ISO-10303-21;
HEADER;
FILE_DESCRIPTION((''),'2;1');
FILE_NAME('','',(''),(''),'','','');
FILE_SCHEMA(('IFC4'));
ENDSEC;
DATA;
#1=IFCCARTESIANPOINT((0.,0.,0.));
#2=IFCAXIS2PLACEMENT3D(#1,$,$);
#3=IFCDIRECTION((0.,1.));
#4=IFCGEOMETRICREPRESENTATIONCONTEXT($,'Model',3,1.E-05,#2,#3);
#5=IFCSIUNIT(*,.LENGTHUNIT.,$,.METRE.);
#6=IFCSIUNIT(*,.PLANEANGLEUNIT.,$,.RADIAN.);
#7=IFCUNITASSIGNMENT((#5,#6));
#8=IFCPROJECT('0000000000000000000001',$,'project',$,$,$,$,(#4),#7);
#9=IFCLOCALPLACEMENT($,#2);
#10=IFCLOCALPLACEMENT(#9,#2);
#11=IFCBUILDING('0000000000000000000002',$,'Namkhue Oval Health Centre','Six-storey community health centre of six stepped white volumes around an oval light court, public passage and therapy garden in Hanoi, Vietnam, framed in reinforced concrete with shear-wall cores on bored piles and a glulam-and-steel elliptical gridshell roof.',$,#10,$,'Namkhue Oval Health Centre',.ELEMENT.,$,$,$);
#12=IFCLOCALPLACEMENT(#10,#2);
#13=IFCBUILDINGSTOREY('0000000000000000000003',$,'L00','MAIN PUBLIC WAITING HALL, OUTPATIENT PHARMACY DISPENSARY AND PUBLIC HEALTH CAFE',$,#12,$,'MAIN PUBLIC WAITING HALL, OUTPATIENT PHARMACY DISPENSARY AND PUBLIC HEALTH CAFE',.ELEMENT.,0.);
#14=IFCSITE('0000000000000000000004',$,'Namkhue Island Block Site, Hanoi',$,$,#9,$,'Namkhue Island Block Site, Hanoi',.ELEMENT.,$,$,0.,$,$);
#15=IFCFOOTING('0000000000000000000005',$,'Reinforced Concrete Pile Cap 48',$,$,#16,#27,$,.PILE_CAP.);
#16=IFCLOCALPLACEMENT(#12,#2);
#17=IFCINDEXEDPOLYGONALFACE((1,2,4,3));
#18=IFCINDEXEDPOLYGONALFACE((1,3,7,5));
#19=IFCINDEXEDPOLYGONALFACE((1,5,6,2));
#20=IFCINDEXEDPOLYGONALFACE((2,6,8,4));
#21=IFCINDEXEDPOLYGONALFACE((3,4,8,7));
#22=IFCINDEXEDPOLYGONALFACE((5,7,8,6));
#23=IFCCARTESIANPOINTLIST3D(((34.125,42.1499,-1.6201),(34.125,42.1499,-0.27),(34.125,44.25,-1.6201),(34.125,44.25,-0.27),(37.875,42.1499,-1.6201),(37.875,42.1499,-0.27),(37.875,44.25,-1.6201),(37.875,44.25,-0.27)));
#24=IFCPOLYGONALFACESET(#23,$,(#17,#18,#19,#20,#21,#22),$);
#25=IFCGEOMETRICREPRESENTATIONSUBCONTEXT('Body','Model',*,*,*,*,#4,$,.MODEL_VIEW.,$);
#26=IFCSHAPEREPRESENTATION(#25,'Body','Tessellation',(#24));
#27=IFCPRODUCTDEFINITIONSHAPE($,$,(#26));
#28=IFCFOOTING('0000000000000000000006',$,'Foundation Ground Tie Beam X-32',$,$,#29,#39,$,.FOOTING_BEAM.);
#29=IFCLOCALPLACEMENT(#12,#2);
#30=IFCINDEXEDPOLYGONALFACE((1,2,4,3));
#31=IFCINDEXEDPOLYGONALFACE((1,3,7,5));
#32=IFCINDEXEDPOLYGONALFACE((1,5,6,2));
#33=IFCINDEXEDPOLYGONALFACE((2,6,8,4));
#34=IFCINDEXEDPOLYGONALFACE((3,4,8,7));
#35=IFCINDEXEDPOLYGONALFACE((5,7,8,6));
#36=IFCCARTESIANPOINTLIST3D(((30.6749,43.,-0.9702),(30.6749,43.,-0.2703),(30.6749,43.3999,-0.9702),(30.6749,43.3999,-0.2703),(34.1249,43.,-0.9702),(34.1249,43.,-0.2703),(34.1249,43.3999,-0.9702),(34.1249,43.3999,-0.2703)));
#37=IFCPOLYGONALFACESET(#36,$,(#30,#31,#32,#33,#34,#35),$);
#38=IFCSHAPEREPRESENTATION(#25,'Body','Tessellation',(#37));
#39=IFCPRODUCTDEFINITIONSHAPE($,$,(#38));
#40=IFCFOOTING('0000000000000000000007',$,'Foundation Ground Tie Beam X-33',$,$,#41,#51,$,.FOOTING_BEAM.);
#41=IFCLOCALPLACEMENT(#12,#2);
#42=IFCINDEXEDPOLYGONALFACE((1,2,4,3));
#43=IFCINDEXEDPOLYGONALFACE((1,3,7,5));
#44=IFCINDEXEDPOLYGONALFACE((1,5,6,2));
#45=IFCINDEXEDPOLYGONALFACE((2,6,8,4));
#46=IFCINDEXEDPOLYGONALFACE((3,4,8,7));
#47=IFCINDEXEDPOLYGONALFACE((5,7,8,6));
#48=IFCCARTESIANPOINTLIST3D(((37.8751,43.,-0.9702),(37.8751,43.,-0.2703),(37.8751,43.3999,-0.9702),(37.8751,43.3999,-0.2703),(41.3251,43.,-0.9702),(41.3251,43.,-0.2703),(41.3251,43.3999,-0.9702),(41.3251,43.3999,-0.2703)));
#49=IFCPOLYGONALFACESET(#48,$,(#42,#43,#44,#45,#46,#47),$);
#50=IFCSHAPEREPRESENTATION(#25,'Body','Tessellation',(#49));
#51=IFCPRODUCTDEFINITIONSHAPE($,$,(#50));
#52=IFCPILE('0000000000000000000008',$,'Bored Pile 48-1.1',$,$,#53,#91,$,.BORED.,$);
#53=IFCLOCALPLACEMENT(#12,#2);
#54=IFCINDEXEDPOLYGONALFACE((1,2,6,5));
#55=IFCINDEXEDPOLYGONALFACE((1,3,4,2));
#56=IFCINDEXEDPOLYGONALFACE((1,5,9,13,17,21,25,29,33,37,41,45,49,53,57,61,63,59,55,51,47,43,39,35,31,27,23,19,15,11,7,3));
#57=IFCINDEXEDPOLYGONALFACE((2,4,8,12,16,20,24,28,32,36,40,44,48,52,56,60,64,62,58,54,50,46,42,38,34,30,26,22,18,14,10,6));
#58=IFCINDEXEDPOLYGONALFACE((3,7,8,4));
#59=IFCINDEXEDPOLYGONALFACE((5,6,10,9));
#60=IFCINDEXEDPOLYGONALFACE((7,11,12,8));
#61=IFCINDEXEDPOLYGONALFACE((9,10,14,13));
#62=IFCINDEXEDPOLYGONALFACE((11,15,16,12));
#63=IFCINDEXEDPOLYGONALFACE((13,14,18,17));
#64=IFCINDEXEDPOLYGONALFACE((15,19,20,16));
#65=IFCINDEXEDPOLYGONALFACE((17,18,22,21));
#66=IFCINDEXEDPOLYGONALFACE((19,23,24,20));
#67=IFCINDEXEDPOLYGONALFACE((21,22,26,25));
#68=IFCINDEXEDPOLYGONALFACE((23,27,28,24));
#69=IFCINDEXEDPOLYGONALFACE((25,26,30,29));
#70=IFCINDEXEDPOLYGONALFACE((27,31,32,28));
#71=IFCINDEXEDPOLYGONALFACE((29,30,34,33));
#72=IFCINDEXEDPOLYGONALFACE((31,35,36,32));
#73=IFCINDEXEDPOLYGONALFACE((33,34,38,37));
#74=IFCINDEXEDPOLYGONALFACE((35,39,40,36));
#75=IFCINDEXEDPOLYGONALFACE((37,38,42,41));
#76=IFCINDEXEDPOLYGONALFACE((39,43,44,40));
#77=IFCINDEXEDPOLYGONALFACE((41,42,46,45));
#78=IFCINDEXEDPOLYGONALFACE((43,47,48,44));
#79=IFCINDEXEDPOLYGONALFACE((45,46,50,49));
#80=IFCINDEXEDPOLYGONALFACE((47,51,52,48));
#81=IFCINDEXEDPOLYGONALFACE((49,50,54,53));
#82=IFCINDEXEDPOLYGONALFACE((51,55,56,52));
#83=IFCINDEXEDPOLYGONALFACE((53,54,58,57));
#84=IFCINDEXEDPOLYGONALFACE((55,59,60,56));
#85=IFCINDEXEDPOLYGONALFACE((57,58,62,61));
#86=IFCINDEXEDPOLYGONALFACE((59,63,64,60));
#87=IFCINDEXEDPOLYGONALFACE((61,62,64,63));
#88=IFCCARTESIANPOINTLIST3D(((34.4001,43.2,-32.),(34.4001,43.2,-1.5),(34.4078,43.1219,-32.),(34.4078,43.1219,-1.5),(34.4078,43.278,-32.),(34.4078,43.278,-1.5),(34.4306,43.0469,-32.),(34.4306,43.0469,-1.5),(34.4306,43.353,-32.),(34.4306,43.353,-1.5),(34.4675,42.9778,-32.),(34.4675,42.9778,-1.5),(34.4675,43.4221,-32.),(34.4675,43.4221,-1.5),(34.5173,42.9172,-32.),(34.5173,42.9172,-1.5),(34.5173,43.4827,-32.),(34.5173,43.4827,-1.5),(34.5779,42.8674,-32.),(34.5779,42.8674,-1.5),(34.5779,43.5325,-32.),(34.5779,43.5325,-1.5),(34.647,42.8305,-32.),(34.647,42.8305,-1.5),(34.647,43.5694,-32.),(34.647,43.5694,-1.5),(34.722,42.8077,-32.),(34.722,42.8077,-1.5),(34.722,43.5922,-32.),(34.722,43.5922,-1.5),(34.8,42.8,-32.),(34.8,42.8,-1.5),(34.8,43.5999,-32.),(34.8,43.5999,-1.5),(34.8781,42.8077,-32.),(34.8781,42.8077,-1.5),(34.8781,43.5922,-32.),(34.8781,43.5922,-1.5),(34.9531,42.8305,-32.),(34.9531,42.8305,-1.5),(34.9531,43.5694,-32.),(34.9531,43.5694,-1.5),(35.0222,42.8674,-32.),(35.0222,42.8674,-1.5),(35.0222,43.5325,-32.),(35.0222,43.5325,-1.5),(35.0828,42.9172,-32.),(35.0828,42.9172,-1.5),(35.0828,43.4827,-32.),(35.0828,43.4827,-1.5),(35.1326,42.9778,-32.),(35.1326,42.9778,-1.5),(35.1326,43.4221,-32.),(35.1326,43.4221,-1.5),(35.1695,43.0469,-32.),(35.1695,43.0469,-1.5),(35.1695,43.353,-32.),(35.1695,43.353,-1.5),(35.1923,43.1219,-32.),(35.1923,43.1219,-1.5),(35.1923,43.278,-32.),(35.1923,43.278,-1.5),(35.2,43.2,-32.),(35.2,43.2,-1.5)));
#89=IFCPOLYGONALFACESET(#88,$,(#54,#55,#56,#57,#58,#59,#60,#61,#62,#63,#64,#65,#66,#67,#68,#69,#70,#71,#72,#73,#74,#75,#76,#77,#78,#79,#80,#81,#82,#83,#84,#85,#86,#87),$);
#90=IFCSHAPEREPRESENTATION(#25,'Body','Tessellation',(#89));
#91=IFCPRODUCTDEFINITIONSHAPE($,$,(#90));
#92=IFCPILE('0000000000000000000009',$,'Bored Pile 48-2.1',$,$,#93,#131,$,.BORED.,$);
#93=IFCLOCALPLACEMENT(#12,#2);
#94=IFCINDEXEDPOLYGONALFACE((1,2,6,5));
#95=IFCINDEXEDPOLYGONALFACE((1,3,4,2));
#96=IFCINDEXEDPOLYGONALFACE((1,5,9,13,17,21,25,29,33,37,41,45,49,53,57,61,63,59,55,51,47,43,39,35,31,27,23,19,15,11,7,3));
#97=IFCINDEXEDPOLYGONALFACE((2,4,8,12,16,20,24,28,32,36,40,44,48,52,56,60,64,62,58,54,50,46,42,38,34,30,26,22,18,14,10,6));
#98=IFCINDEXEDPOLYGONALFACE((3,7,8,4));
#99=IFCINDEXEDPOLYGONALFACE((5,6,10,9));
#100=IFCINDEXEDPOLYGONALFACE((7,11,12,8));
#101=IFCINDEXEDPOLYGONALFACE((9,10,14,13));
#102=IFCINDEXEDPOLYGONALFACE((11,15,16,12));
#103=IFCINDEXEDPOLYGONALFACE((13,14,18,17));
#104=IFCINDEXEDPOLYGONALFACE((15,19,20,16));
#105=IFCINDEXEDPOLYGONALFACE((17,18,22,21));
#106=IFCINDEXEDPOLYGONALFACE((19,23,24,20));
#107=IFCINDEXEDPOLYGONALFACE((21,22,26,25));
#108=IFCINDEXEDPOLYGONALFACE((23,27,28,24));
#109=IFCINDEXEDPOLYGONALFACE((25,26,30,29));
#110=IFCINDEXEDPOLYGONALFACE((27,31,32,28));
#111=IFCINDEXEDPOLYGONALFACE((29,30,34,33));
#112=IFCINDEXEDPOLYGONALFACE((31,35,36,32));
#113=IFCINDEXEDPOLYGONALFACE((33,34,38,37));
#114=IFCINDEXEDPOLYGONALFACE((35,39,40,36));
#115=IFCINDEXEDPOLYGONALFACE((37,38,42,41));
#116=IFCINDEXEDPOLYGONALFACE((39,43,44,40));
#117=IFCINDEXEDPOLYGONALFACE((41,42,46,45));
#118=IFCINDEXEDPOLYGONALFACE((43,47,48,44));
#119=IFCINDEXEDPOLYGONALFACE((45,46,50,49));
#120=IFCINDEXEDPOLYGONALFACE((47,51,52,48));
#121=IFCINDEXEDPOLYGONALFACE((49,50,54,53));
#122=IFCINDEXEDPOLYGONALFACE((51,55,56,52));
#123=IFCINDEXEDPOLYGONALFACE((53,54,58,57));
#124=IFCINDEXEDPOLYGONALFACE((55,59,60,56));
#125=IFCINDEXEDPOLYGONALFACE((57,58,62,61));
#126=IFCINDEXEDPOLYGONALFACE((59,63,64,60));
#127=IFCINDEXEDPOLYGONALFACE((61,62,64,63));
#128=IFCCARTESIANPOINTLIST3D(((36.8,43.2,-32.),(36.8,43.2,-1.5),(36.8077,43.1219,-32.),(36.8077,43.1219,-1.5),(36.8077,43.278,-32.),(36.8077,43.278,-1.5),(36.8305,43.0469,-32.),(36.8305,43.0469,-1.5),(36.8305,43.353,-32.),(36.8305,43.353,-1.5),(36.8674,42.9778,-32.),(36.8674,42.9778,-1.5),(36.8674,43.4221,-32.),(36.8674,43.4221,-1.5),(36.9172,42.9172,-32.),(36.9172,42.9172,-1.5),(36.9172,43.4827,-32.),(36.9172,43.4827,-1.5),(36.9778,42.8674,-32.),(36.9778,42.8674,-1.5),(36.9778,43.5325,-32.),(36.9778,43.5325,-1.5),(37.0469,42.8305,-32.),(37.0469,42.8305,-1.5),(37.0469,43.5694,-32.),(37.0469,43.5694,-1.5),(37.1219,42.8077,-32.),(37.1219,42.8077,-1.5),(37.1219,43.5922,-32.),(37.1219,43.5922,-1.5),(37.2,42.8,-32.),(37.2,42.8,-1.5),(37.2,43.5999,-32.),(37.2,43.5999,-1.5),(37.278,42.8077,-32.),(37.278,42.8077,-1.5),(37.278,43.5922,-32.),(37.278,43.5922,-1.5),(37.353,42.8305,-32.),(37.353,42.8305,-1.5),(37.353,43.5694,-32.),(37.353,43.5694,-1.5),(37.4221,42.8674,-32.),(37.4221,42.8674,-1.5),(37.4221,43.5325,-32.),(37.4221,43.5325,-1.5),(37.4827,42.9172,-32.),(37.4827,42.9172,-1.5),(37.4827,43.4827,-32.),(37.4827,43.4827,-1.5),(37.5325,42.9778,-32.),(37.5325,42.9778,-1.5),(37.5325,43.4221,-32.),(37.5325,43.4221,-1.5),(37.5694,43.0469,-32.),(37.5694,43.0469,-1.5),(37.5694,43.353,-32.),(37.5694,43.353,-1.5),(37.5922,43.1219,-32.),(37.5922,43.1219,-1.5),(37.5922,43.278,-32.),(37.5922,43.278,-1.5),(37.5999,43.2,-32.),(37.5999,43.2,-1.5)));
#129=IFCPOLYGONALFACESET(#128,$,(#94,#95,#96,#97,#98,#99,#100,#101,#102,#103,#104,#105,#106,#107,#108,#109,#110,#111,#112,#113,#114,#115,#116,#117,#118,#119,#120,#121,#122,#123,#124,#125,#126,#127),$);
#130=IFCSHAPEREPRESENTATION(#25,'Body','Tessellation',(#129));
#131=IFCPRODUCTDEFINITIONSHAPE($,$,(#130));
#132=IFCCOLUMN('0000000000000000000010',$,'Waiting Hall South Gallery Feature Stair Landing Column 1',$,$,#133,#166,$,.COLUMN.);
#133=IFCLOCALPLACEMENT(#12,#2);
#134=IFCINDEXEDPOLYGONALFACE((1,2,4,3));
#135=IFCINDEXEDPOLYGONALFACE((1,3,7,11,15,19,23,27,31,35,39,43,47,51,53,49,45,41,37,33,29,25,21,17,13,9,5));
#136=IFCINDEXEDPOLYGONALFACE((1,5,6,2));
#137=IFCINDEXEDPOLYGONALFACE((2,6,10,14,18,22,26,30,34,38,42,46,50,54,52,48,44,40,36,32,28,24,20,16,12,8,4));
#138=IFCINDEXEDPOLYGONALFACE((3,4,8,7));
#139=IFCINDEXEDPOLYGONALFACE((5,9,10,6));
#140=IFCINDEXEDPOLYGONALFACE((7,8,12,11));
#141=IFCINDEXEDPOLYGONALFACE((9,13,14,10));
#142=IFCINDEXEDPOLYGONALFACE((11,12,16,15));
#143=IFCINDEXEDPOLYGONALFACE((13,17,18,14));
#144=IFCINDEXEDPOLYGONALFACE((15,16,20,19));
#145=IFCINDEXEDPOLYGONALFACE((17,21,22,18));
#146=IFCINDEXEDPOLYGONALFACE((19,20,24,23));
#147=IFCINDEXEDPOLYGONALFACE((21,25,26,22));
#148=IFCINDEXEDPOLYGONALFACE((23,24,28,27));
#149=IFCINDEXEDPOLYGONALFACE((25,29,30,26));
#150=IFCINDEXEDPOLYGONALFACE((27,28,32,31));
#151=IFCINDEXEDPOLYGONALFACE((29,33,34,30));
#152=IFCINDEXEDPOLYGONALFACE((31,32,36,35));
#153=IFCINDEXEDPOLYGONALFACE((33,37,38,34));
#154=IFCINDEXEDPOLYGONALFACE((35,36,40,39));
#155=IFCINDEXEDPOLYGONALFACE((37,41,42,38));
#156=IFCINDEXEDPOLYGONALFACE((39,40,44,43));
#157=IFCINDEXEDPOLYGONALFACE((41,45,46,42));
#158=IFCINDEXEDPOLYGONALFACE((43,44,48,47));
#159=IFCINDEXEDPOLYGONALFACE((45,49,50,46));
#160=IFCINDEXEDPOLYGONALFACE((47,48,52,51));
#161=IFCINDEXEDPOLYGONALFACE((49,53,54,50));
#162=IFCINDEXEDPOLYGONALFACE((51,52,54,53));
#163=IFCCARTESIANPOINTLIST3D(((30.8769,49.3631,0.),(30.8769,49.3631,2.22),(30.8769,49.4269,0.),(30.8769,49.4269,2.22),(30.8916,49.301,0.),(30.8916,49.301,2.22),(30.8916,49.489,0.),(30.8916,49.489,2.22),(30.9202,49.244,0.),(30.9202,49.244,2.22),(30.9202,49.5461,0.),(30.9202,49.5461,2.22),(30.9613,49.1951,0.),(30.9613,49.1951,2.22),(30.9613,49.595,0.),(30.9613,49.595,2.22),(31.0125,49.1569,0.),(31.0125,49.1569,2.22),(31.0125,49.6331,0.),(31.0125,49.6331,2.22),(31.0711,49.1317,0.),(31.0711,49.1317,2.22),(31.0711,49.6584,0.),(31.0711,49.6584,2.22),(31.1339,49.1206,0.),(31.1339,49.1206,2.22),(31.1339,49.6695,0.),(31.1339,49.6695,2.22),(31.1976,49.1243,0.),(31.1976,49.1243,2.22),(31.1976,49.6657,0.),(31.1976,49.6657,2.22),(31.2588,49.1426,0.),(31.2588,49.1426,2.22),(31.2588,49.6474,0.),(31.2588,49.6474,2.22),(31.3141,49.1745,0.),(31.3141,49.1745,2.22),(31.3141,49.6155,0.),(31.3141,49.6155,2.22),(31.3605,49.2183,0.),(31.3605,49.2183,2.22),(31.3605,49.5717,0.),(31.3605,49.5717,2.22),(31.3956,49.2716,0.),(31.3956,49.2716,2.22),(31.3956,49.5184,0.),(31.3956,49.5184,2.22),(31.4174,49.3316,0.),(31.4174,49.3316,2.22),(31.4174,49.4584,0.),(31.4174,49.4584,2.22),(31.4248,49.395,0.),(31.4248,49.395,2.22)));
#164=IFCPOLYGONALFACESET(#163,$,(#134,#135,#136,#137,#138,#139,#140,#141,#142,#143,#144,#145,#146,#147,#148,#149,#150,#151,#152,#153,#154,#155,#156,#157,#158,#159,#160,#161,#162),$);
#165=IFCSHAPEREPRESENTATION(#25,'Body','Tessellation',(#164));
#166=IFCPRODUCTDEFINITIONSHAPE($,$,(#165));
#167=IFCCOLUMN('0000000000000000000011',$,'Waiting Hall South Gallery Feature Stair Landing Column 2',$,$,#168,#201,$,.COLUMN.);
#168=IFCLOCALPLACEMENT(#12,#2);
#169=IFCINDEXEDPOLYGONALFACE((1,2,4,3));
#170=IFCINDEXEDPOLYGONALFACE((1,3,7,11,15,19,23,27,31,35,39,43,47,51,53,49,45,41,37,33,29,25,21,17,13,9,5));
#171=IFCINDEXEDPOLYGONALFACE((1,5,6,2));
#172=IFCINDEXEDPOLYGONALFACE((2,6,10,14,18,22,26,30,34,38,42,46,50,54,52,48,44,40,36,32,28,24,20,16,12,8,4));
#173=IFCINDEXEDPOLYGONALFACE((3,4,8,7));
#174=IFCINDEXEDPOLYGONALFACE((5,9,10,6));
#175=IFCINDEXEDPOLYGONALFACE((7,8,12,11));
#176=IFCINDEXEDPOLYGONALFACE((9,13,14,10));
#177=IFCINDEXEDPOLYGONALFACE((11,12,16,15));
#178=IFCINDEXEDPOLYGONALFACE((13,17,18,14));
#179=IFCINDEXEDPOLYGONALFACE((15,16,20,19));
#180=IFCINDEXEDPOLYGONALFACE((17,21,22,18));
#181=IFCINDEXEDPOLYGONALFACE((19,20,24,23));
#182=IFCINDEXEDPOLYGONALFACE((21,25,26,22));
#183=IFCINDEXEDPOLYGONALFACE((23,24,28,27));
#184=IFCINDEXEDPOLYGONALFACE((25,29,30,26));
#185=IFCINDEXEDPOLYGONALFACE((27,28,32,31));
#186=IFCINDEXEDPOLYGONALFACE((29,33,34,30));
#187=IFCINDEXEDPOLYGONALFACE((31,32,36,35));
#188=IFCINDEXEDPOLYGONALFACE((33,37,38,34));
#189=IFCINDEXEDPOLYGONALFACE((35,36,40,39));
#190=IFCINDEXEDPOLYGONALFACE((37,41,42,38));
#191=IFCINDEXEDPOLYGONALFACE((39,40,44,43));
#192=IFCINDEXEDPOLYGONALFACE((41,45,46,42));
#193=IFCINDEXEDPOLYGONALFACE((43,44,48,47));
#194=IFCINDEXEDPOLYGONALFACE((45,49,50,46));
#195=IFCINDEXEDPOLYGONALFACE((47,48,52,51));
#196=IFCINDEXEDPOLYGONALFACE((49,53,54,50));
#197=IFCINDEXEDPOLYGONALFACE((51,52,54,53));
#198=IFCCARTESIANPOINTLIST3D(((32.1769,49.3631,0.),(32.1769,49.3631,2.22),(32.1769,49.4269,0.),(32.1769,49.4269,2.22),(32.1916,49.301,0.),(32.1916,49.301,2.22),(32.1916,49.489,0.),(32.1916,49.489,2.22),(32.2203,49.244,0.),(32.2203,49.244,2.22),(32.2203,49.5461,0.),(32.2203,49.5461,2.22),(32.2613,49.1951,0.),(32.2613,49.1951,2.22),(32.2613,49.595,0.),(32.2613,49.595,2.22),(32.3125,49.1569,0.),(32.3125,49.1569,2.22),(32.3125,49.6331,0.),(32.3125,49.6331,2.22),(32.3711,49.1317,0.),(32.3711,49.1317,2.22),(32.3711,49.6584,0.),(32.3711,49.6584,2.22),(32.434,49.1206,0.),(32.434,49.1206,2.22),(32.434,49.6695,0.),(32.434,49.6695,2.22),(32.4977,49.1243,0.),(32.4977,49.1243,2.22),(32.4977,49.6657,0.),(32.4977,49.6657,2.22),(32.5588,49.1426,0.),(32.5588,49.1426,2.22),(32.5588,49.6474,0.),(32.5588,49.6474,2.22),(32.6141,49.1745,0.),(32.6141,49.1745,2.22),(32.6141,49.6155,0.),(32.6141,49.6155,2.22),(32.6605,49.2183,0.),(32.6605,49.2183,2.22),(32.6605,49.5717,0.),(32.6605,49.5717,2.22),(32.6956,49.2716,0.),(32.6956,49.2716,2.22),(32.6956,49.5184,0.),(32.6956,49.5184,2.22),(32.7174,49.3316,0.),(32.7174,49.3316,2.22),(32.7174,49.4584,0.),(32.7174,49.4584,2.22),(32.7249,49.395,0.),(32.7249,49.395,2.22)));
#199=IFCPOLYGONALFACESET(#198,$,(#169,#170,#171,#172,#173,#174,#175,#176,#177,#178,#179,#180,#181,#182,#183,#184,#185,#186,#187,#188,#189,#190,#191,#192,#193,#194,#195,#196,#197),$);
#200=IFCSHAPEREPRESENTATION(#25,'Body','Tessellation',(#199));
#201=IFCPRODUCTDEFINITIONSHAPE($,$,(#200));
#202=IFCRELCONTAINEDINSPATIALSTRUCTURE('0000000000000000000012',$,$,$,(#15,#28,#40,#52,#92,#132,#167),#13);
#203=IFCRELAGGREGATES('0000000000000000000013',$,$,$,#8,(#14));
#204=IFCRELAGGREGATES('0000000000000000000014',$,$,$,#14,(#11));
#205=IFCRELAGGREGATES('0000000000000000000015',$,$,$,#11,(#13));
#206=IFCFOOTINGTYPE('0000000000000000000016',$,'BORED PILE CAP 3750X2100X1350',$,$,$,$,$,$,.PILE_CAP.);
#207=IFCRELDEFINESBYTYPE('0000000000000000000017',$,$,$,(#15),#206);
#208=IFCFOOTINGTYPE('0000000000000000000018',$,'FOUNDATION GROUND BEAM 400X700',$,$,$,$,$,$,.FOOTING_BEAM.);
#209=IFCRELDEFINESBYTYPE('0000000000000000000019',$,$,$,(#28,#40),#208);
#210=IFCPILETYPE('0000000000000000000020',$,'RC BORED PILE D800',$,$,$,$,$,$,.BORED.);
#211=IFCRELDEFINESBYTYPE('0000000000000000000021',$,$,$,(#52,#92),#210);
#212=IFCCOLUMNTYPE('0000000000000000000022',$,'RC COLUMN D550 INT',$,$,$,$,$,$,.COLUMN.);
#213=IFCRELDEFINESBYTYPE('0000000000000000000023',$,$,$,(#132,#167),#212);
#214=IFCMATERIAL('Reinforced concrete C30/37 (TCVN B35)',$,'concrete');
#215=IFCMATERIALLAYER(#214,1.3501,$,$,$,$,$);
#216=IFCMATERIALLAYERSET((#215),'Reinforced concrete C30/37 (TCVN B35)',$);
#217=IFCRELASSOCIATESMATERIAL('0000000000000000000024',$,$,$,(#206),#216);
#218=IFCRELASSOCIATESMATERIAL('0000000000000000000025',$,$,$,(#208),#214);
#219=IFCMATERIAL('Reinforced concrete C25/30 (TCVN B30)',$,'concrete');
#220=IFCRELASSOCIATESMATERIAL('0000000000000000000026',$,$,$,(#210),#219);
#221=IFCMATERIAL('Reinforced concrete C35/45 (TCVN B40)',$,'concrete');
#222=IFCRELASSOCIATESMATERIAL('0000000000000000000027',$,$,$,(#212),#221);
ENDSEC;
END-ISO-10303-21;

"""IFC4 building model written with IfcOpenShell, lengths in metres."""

from ifc_helpers import new_model, si_unit, direction, frame, origin, origin_2d, place, context, subcontext, project, spatial, rectangle, circle, extrude, material, layer, layer_set, material_profile, profile_set, type_object, element, save


model = new_model("IFC4")

# Units and contexts
model_context = context("Model", 3, precision=1e-05, world=origin(), true_north=direction((0.0, 1.0)))
body_context = subcontext(model_context, "Body", "Model", "MODEL_VIEW")
ifc_project = project(units=[si_unit("LENGTHUNIT", "METRE"), si_unit("PLANEANGLEUNIT", "RADIAN")], contexts=[model_context])

# Site, building, storey
site_placement = place(None, origin())
site = spatial("IfcSite", under=ifc_project, at=site_placement, Name="Namkhue Island Block Site, Hanoi", LongName="Namkhue Island Block Site, Hanoi", CompositionType="ELEMENT", RefElevation=0.0)
building_placement = place(site_placement, origin())
building = spatial("IfcBuilding", under=site, at=building_placement, Name="Namkhue Oval Health Centre", Description="Six-storey community health centre of six stepped white volumes around an oval light court, public passage and therapy garden in Hanoi, Vietnam, framed in reinforced concrete with shear-wall cores on bored piles and a glulam-and-steel elliptical gridshell roof.", LongName="Namkhue Oval Health Centre", CompositionType="ELEMENT")
storey_placement = place(building_placement, origin())
storey = spatial("IfcBuildingStorey", under=building, at=storey_placement, Name="L00", Description="MAIN PUBLIC WAITING HALL, OUTPATIENT PHARMACY DISPENSARY AND PUBLIC HEALTH CAFE", LongName="MAIN PUBLIC WAITING HALL, OUTPATIENT PHARMACY DISPENSARY AND PUBLIC HEALTH CAFE", CompositionType="ELEMENT", Elevation=0.0)

# Footings
ifc_material_1 = material(Name="Reinforced concrete C30/37 (TCVN B35)", Category="concrete")
ifc_layer = layer(ifc_material_1, 1.3501)
ifc_layer_set = layer_set([ifc_layer], Name="Reinforced concrete C30/37 (TCVN B35)")
footing_type_1 = type_object("IfcFootingType", Name="BORED PILE CAP 3750X2100X1350", PredefinedType="PILE_CAP", material=ifc_layer_set)
footing_placement = place(storey_placement, frame((36.0, 43.2, -1.6201), z_axis=(0.0, 0.0, 1.0), x_axis=(1.0, 0.0, 0.0)))
element("IfcFooting", 1, at=footing_placement, inside=storey, type_object=footing_type_1, Name="Reinforced Concrete Pile Cap 48", PredefinedType="PILE_CAP", context=body_context, shape_type="SweptSolid", body=[
    extrude(rectangle(XDim=3.75, YDim=2.1001, at=origin_2d()), origin(), (0.0, 0.0, 1.0), 1.3501),
])
footing_type_2 = type_object("IfcFootingType", Name="FOUNDATION GROUND BEAM 400X700", PredefinedType="FOOTING_BEAM", material=ifc_material_1)
for number, where, z_axis, x_axis, name in (
    (2, (32.3999, 43.2, -0.9702), (0.0, 0.0, 1.0), (1.0, 0.0, 0.0), "Foundation Ground Tie Beam X-32"),
    (3, (39.6001, 43.2, -0.9702), (0.0, 0.0, 1.0), (1.0, 0.0, 0.0), "Foundation Ground Tie Beam X-33"),
):
    element("IfcFooting", number, at=place(storey_placement, frame(where, z_axis=z_axis, x_axis=x_axis)), inside=storey, type_object=footing_type_2, Name=name, PredefinedType="FOOTING_BEAM", context=body_context, shape_type="SweptSolid", body=[
        extrude(rectangle(XDim=3.45, YDim=0.3999, at=origin_2d()), origin(), (0.0, 0.0, 1.0), 0.7),
    ])

# Piles
ifc_material_2 = material(Name="Reinforced concrete C25/30 (TCVN B30)", Category="concrete")
ifc_material_profile_1 = material_profile(ifc_material_2, circle(Radius=0.3999, at=origin_2d()), Name="BORED PILE D800")
ifc_profile_set_1 = profile_set([ifc_material_profile_1], Name="Reinforced concrete C25/30 (TCVN B30)")
pile_type = type_object("IfcPileType", Name="RC BORED PILE D800", PredefinedType="BORED", material=ifc_profile_set_1)
for number, where, z_axis, x_axis, name in (
    (4, (34.8, 43.2, -1.5), (0.0, 0.0, -1.0), (1.0, 0.0, 0.0), "Bored Pile 48-1.1"),
    (5, (37.2, 43.2, -1.5), (0.0, 0.0, -1.0), (1.0, 0.0, 0.0), "Bored Pile 48-2.1"),
):
    element("IfcPile", number, at=place(storey_placement, frame(where, z_axis=z_axis, x_axis=x_axis)), inside=storey, type_object=pile_type, Name=name, PredefinedType="BORED", context=body_context, shape_type="SweptSolid", body=[
        extrude(circle(Radius=0.3999, at=origin_2d()), origin(), (0.0, 0.0, 1.0), 30.5),
    ])

# Columns
ifc_material_3 = material(Name="Reinforced concrete C35/45 (TCVN B40)", Category="concrete")
ifc_material_profile_2 = material_profile(ifc_material_3, circle(Radius=0.2749, at=origin_2d()), Name="RC D550")
ifc_profile_set_2 = profile_set([ifc_material_profile_2], Name="Reinforced concrete C35/45 (TCVN B40)")
column_type_1 = type_object("IfcColumnType", Name="RC COLUMN D550 INT", PredefinedType="COLUMN", material=ifc_profile_set_2)
for number, where, z_axis, x_axis, name in (
    (6, (31.1499, 49.395, 0.0), (0.0, 0.0, 1.0), (1.0, 0.0, 0.0), "Waiting Hall South Gallery Feature Stair Landing Column 1"),
    (7, (32.45, 49.395, 0.0), (0.0, 0.0, 1.0), (1.0, 0.0, 0.0), "Waiting Hall South Gallery Feature Stair Landing Column 2"),
):
    element("IfcColumn", number, at=place(storey_placement, frame(where, z_axis=z_axis, x_axis=x_axis)), inside=storey, type_object=column_type_1, Name=name, PredefinedType="COLUMN", context=body_context, shape_type="SweptSolid", body=[
        extrude(circle(Radius=0.2749, at=origin_2d()), origin(), (0.0, 0.0, 1.0), 2.22),
    ])

save(model, "model.ifc")
